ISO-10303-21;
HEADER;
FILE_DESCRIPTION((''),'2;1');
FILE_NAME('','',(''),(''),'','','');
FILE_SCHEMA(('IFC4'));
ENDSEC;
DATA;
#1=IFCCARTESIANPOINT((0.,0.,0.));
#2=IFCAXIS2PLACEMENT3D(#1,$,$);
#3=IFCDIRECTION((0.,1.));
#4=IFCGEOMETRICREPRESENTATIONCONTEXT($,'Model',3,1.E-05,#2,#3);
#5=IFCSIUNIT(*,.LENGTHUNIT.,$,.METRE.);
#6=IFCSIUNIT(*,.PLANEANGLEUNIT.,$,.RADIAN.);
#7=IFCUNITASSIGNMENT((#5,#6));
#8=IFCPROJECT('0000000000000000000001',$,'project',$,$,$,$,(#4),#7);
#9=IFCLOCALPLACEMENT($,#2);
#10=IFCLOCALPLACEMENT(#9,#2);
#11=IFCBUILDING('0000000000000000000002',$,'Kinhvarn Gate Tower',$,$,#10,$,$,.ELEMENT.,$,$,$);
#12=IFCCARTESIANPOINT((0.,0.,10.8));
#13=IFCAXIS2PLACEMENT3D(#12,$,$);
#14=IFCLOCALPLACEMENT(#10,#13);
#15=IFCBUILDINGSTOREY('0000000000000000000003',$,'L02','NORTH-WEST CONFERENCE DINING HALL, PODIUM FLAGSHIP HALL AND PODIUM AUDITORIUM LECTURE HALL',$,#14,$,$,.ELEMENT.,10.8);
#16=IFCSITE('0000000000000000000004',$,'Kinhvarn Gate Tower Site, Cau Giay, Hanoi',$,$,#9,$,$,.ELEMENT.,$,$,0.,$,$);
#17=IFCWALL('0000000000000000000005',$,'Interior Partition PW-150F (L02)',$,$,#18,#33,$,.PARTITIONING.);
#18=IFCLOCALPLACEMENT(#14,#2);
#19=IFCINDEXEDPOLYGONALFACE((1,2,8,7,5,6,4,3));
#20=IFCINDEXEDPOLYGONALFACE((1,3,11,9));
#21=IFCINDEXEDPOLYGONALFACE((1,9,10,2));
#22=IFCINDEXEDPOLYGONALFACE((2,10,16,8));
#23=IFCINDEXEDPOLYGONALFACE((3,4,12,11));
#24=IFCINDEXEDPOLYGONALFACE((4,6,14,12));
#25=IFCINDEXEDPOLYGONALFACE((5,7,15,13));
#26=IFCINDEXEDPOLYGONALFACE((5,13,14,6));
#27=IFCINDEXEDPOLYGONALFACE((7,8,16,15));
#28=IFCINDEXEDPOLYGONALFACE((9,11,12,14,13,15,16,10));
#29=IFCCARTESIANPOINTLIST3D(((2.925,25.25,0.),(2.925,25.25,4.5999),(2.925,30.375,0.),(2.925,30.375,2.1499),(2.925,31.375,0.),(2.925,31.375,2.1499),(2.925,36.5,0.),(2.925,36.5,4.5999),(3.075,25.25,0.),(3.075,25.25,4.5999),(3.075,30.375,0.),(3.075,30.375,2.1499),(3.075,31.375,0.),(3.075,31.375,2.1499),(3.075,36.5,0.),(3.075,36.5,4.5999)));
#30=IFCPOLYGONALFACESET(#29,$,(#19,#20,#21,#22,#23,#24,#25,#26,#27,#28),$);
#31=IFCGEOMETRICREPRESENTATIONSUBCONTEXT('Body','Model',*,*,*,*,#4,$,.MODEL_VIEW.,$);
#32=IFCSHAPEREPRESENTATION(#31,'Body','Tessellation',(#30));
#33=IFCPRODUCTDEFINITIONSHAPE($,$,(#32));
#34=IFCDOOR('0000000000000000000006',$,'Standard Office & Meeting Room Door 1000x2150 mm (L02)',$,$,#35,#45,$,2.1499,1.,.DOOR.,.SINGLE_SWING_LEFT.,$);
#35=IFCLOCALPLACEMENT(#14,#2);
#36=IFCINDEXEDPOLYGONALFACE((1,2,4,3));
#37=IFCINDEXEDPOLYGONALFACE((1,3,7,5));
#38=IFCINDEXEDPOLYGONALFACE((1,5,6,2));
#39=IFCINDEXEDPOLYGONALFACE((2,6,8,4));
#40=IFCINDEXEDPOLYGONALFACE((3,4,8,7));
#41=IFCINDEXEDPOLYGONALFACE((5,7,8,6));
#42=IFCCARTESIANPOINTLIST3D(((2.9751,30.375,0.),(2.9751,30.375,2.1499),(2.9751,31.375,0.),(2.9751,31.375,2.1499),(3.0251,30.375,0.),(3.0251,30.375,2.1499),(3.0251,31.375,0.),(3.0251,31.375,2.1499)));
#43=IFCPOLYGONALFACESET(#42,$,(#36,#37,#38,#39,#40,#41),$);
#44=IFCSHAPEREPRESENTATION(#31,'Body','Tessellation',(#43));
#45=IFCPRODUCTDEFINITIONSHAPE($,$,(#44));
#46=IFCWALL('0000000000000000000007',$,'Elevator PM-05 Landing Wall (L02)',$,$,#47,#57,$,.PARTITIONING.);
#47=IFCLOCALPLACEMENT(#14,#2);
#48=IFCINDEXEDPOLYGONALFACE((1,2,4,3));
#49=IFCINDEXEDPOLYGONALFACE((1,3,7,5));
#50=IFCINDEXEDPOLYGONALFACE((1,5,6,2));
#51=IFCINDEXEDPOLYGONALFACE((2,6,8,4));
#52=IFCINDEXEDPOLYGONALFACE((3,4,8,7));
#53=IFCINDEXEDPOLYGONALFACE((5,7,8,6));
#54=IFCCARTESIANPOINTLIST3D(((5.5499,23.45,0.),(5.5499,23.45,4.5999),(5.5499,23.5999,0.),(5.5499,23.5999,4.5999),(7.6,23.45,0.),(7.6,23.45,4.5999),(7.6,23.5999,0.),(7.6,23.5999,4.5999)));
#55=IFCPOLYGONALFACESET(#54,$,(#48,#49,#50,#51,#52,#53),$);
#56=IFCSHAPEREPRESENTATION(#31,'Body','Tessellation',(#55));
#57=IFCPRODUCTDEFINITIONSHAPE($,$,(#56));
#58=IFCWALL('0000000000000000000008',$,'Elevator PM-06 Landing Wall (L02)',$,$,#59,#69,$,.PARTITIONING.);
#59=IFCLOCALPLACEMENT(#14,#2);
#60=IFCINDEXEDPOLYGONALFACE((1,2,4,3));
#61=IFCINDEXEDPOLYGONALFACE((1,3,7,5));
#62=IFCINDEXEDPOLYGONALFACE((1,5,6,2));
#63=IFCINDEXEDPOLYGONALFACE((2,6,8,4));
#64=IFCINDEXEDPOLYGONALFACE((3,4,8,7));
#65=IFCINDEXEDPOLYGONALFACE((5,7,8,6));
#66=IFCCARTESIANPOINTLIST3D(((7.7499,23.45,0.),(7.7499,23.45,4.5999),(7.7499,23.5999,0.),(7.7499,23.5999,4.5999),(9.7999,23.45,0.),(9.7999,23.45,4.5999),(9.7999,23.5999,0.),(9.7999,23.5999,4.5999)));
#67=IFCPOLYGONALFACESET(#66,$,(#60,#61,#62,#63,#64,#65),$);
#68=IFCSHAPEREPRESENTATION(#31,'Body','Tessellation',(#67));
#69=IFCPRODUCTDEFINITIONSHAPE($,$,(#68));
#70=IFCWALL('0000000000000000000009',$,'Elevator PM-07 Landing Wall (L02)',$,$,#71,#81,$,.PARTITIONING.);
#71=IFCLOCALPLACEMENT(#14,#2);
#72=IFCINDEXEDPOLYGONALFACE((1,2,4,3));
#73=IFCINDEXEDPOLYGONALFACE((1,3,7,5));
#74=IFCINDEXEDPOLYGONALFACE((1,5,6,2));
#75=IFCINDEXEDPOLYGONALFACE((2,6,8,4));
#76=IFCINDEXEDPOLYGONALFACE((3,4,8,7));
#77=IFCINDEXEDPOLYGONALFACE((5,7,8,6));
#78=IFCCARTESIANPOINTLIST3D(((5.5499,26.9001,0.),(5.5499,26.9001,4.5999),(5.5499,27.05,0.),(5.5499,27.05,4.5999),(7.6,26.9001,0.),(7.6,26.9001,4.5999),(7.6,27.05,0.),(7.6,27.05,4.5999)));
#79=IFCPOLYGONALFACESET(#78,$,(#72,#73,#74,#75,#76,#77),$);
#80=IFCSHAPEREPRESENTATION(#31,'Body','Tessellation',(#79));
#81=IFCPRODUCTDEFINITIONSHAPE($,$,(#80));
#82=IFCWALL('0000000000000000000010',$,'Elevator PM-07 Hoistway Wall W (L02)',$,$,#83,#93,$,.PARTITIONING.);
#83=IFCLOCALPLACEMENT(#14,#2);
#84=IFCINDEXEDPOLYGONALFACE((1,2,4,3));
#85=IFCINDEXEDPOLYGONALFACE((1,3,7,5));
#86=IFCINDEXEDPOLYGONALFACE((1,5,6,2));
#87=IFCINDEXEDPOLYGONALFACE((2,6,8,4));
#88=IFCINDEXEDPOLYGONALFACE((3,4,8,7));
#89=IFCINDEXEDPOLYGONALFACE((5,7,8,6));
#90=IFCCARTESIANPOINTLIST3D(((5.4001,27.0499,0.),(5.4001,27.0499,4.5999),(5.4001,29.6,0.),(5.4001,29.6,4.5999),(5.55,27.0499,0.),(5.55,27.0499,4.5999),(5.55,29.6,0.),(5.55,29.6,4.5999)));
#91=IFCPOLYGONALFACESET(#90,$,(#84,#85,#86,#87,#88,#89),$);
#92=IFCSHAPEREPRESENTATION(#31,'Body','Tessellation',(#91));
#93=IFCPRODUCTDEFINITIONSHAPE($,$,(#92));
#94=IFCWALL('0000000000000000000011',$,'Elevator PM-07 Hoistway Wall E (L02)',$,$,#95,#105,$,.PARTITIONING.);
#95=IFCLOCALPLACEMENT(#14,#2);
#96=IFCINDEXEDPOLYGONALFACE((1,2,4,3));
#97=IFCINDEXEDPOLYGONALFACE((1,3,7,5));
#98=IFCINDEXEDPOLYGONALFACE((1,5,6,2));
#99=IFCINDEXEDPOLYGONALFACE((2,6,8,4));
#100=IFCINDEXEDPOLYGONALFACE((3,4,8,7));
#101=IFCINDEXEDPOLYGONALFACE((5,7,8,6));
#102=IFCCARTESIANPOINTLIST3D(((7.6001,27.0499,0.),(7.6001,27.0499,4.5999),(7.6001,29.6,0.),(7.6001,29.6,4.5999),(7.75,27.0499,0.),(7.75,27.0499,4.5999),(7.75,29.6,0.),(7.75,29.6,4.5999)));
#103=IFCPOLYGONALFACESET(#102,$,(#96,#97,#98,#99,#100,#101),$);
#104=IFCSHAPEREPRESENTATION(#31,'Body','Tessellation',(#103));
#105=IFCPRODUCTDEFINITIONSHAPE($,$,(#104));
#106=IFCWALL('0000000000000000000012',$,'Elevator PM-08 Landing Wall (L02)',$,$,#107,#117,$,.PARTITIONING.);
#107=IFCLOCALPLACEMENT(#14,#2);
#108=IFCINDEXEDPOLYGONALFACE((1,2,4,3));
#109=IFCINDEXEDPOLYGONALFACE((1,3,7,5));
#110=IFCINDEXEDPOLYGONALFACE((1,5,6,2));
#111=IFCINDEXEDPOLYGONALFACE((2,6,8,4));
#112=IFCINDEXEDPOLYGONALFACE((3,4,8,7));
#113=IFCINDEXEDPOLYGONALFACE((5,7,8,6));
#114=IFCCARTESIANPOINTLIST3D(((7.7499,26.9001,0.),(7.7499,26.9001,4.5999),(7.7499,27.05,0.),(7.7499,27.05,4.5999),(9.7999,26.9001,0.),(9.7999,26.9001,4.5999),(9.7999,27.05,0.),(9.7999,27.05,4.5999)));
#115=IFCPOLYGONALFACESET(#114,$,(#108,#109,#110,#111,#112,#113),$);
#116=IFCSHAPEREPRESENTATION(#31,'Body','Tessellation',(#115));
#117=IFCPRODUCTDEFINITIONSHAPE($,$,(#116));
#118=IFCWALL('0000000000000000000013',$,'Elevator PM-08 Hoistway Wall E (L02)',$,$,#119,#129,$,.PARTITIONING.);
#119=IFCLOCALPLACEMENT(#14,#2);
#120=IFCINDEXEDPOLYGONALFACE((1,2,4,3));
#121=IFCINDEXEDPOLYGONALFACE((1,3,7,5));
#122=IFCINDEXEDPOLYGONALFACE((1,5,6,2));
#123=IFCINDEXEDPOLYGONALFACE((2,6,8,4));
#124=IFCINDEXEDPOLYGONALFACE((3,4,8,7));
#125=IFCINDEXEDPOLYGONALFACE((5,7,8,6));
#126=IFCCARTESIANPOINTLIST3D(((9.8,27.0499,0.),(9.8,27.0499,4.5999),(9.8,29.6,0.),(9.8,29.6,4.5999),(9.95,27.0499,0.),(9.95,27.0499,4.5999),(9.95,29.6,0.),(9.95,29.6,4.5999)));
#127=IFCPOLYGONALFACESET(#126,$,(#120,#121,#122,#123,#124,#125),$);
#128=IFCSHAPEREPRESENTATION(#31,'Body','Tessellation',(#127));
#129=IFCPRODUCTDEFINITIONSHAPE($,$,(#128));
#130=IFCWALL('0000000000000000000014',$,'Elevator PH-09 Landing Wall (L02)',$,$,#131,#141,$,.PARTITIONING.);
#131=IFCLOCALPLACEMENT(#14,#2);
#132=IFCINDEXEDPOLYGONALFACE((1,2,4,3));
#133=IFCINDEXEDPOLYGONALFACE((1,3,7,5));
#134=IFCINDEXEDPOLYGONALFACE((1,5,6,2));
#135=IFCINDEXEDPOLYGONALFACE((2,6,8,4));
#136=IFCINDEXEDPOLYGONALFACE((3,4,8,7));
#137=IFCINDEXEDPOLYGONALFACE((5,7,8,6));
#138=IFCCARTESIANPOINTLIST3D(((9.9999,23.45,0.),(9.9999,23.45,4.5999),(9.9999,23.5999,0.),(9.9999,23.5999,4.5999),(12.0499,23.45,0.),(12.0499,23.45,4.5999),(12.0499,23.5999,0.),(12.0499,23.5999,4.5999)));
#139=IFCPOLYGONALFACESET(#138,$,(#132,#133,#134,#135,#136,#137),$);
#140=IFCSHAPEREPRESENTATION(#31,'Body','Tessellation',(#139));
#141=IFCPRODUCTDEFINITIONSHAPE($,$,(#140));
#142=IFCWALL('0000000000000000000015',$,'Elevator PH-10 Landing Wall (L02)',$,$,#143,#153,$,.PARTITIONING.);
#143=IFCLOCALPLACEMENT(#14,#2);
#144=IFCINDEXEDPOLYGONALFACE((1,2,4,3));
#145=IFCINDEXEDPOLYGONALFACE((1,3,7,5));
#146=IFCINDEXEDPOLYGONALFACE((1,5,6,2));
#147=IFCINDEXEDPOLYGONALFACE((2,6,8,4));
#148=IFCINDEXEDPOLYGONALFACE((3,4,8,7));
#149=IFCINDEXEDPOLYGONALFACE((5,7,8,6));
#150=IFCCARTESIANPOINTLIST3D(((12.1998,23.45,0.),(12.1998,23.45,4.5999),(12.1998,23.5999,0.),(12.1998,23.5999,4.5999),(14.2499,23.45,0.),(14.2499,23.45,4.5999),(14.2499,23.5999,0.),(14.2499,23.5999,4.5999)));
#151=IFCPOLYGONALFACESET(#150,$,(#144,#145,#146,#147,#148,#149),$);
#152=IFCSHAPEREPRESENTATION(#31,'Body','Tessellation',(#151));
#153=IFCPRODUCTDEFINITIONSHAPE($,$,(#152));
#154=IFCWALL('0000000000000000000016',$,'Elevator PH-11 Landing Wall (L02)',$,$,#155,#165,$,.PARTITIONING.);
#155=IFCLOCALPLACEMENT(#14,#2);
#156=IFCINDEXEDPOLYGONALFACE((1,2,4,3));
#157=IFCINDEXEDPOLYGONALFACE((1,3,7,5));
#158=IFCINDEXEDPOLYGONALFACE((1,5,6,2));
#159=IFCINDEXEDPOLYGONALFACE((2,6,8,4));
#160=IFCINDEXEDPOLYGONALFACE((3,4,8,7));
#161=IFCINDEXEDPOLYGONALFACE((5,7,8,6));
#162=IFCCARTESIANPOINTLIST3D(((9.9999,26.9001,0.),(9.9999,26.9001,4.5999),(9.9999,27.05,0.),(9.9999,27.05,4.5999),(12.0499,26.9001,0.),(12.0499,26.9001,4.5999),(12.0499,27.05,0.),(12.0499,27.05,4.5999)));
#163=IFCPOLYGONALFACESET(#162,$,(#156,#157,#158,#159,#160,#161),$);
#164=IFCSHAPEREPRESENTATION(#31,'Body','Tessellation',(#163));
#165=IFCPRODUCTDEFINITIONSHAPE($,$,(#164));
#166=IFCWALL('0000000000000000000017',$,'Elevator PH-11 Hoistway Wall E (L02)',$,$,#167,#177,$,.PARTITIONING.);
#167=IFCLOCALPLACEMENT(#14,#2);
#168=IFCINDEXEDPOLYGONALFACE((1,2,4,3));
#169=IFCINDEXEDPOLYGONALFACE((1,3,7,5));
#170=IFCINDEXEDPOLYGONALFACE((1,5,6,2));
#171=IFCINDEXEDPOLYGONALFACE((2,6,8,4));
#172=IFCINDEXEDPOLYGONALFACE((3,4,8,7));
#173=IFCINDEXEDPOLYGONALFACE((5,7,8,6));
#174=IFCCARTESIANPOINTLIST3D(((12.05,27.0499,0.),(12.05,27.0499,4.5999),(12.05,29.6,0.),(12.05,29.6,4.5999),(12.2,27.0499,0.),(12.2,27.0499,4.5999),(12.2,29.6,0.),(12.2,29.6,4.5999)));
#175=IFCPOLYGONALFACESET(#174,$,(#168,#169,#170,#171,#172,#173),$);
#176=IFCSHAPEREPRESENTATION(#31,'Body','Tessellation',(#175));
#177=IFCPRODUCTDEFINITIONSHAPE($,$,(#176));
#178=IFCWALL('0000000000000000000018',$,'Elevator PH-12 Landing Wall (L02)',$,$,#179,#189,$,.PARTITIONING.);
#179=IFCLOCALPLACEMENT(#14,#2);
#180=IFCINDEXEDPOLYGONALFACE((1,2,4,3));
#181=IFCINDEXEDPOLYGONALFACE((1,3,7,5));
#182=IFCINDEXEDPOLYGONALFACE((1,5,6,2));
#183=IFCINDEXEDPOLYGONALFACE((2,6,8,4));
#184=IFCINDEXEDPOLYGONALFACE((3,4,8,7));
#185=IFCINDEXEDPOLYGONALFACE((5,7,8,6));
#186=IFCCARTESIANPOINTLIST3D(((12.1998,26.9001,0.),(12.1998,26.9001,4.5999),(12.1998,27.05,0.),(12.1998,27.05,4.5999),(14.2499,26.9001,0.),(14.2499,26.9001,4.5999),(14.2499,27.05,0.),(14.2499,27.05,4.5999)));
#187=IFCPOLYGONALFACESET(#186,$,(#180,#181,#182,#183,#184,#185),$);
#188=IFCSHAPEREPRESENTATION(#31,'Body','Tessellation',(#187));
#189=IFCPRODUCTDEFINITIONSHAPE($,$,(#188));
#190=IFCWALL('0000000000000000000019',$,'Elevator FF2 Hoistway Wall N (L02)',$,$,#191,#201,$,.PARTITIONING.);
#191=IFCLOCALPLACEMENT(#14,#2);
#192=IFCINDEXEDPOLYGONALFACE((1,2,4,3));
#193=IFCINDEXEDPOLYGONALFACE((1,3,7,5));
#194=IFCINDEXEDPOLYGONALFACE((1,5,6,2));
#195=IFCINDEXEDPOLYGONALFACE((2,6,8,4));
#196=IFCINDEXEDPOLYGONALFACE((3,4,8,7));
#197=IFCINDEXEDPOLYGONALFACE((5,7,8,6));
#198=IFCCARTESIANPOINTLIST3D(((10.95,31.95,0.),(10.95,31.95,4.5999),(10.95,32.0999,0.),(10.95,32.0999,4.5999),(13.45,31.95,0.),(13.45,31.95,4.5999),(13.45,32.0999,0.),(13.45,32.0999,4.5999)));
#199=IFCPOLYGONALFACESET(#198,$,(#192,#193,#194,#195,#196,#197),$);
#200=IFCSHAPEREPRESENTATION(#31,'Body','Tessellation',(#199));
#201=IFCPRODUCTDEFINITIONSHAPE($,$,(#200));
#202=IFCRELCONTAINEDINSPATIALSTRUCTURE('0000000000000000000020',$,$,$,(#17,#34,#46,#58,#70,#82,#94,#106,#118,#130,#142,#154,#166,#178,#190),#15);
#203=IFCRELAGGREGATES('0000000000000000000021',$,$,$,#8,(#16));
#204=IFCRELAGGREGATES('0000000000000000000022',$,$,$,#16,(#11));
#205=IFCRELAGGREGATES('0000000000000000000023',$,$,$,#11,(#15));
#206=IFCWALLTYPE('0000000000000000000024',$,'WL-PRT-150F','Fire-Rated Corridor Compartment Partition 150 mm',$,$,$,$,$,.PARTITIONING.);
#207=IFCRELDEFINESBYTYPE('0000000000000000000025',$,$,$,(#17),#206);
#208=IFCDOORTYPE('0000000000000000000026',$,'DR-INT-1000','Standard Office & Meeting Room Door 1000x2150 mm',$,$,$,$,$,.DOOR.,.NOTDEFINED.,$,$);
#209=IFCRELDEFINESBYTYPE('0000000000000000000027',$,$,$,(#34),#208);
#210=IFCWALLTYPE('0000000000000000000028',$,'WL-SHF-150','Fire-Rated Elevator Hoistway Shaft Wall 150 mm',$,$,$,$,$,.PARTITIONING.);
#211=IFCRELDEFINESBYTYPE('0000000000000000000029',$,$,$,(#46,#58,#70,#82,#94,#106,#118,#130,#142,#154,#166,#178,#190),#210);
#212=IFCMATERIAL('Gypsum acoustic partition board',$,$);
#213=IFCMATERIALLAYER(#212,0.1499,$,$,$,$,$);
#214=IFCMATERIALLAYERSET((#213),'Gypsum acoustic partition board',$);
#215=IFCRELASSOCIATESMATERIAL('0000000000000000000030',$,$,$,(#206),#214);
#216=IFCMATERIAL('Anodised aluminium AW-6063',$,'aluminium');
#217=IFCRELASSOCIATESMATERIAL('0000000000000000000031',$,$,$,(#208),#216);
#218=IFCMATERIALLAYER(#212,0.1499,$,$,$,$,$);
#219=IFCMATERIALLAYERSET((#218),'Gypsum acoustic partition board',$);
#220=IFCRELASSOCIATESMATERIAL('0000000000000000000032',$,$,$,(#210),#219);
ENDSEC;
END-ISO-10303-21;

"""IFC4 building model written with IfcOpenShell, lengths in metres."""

from ifc_helpers import new_model, si_unit, direction, frame, frame_2d, origin, place, context, subcontext, project, spatial, rectangle, extrude, material, layer, layer_set, type_object, element, fill, save


model = new_model("IFC4")

# Units and contexts
model_context = context("Model", 3, precision=1e-05, world=origin(), true_north=direction((0.0, 1.0)))
body_context = subcontext(model_context, "Body", "Model", "MODEL_VIEW")
ifc_project = project(units=[si_unit("LENGTHUNIT", "METRE"), si_unit("PLANEANGLEUNIT", "RADIAN")], contexts=[model_context])

# Site, building, storey
site_placement = place(None, origin())
site = spatial("IfcSite", under=ifc_project, at=site_placement, Name="Kinhvarn Gate Tower Site, Cau Giay, Hanoi", CompositionType="ELEMENT", RefElevation=0.0)
building_placement = place(site_placement, origin())
building = spatial("IfcBuilding", under=site, at=building_placement, Name="Kinhvarn Gate Tower", CompositionType="ELEMENT")
storey_placement = place(building_placement, frame((0.0, 0.0, 10.8)))
storey = spatial("IfcBuildingStorey", under=building, at=storey_placement, Name="L02", Description="NORTH-WEST CONFERENCE DINING HALL, PODIUM FLAGSHIP HALL AND PODIUM AUDITORIUM LECTURE HALL", CompositionType="ELEMENT", Elevation=10.8)

# Shared definitions
ifc_material_1 = material(Name="Gypsum acoustic partition board")

# Wall, opening, door
ifc_layer_1 = layer(ifc_material_1, 0.1499)
ifc_layer_set_1 = layer_set([ifc_layer_1], Name="Gypsum acoustic partition board")
wall_type_1 = type_object("IfcWallType", Name="WL-PRT-150F", Description="Fire-Rated Corridor Compartment Partition 150 mm", PredefinedType="PARTITIONING", material=ifc_layer_set_1)
wall_1_placement = place(storey_placement, frame((3.0, 25.25, 0.0), z_axis=(0.0, 0.0, 1.0), x_axis=(0.0, 1.0, 0.0)))
wall_1 = element("IfcWall", 1, at=wall_1_placement, inside=storey, type_object=wall_type_1, Name="Interior Partition PW-150F (L02)", PredefinedType="PARTITIONING", context=body_context, shape_type="SweptSolid", body=[
    extrude(rectangle(XDim=11.25, YDim=0.1499, at=frame_2d((5.625, 0.0))), origin(), (0.0, 0.0, 1.0), 4.5999),
])
opening_placement = place(wall_1_placement, frame((5.125, 0.0, 0.0)))
opening = element("IfcOpeningElement", 2, at=opening_placement, cuts=wall_1, PredefinedType="OPENING", context=body_context, shape_type="SweptSolid", body=[
    extrude(rectangle(XDim=1.0, YDim=2.1499, at=frame_2d((0.5, 1.075))), frame((0.0, 0.085, 0.0), z_axis=(0.0, -1.0, 0.0), x_axis=(1.0, 0.0, 0.0)), (0.0, 0.0, 1.0), 0.1699),
])
ifc_material_2 = material(Name="Anodised aluminium AW-6063", Category="aluminium")
door_type = type_object("IfcDoorType", Name="DR-INT-1000", Description="Standard Office & Meeting Room Door 1000x2150 mm", OperationType="NOTDEFINED", PredefinedType="DOOR", material=ifc_material_2)
door_placement = place(opening_placement, origin())
door = element("IfcDoor", 3, at=door_placement, inside=storey, type_object=door_type, Name="Standard Office & Meeting Room Door 1000x2150 mm (L02)", OperationType="SINGLE_SWING_LEFT", OverallHeight=2.1499, OverallWidth=1.0, PredefinedType="DOOR", context=body_context, shape_type="SweptSolid", body=[
    extrude(rectangle(XDim=1.0, YDim=2.1499, at=frame_2d((0.5, 1.075))), frame((0.0, 0.0249, 0.0), z_axis=(0.0, -1.0, 0.0), x_axis=(1.0, 0.0, 0.0)), (0.0, 0.0, 1.0), 0.05),
])
fill(opening, door)

# Walls
ifc_layer_2 = layer(ifc_material_1, 0.1499)
ifc_layer_set_2 = layer_set([ifc_layer_2], Name="Gypsum acoustic partition board")
wall_type_2 = type_object("IfcWallType", Name="WL-SHF-150", Description="Fire-Rated Elevator Hoistway Shaft Wall 150 mm", PredefinedType="PARTITIONING", material=ifc_layer_set_2)
for number, where, z_axis, x_axis, name in (
    (4, (5.55, 23.5249, 0.0), (0.0, 0.0, 1.0), (1.0, 0.0, 0.0), "Elevator PM-05 Landing Wall (L02)"),
    (5, (7.75, 23.5249, 0.0), (0.0, 0.0, 1.0), (1.0, 0.0, 0.0), "Elevator PM-06 Landing Wall (L02)"),
    (6, (5.55, 26.9751, 0.0), (0.0, 0.0, 1.0), (1.0, 0.0, 0.0), "Elevator PM-07 Landing Wall (L02)"),
):
    element("IfcWall", number, at=place(storey_placement, frame(where, z_axis=z_axis, x_axis=x_axis)), inside=storey, type_object=wall_type_2, Name=name, PredefinedType="PARTITIONING", context=body_context, shape_type="SweptSolid", body=[
        extrude(rectangle(XDim=2.05, YDim=0.1499, at=frame_2d((1.0249, 0.0))), origin(), (0.0, 0.0, 1.0), 4.5999),
    ])
for number, where, z_axis, x_axis, name in (
    (7, (5.4751, 27.05, 0.0), (0.0, 0.0, 1.0), (0.0, 1.0, 0.0), "Elevator PM-07 Hoistway Wall W (L02)"),
    (8, (7.675, 27.05, 0.0), (0.0, 0.0, 1.0), (0.0, 1.0, 0.0), "Elevator PM-07 Hoistway Wall E (L02)"),
):
    element("IfcWall", number, at=place(storey_placement, frame(where, z_axis=z_axis, x_axis=x_axis)), inside=storey, type_object=wall_type_2, Name=name, PredefinedType="PARTITIONING", context=body_context, shape_type="SweptSolid", body=[
        extrude(rectangle(XDim=2.55, YDim=0.1499, at=frame_2d((1.2749, 0.0))), origin(), (0.0, 0.0, 1.0), 4.5999),
    ])
wall_2_placement = place(storey_placement, frame((7.75, 26.9751, 0.0), z_axis=(0.0, 0.0, 1.0), x_axis=(1.0, 0.0, 0.0)))
element("IfcWall", 9, at=wall_2_placement, inside=storey, type_object=wall_type_2, Name="Elevator PM-08 Landing Wall (L02)", PredefinedType="PARTITIONING", context=body_context, shape_type="SweptSolid", body=[
    extrude(rectangle(XDim=2.05, YDim=0.1499, at=frame_2d((1.0249, 0.0))), origin(), (0.0, 0.0, 1.0), 4.5999),
])
wall_3_placement = place(storey_placement, frame((9.875, 27.05, 0.0), z_axis=(0.0, 0.0, 1.0), x_axis=(0.0, 1.0, 0.0)))
element("IfcWall", 10, at=wall_3_placement, inside=storey, type_object=wall_type_2, Name="Elevator PM-08 Hoistway Wall E (L02)", PredefinedType="PARTITIONING", context=body_context, shape_type="SweptSolid", body=[
    extrude(rectangle(XDim=2.55, YDim=0.1499, at=frame_2d((1.2749, 0.0))), origin(), (0.0, 0.0, 1.0), 4.5999),
])
for number, where, z_axis, x_axis, name in (
    (11, (10.0, 23.5249, 0.0), (0.0, 0.0, 1.0), (1.0, 0.0, 0.0), "Elevator PH-09 Landing Wall (L02)"),
    (12, (12.2, 23.5249, 0.0), (0.0, 0.0, 1.0), (1.0, 0.0, 0.0), "Elevator PH-10 Landing Wall (L02)"),
    (13, (10.0, 26.9751, 0.0), (0.0, 0.0, 1.0), (1.0, 0.0, 0.0), "Elevator PH-11 Landing Wall (L02)"),
):
    element("IfcWall", number, at=place(storey_placement, frame(where, z_axis=z_axis, x_axis=x_axis)), inside=storey, type_object=wall_type_2, Name=name, PredefinedType="PARTITIONING", context=body_context, shape_type="SweptSolid", body=[
        extrude(rectangle(XDim=2.05, YDim=0.1499, at=frame_2d((1.0249, 0.0))), origin(), (0.0, 0.0, 1.0), 4.5999),
    ])
wall_4_placement = place(storey_placement, frame((12.125, 27.05, 0.0), z_axis=(0.0, 0.0, 1.0), x_axis=(0.0, 1.0, 0.0)))
element("IfcWall", 14, at=wall_4_placement, inside=storey, type_object=wall_type_2, Name="Elevator PH-11 Hoistway Wall E (L02)", PredefinedType="PARTITIONING", context=body_context, shape_type="SweptSolid", body=[
    extrude(rectangle(XDim=2.55, YDim=0.1499, at=frame_2d((1.2749, 0.0))), origin(), (0.0, 0.0, 1.0), 4.5999),
])
wall_5_placement = place(storey_placement, frame((12.2, 26.9751, 0.0), z_axis=(0.0, 0.0, 1.0), x_axis=(1.0, 0.0, 0.0)))
element("IfcWall", 15, at=wall_5_placement, inside=storey, type_object=wall_type_2, Name="Elevator PH-12 Landing Wall (L02)", PredefinedType="PARTITIONING", context=body_context, shape_type="SweptSolid", body=[
    extrude(rectangle(XDim=2.05, YDim=0.1499, at=frame_2d((1.0249, 0.0))), origin(), (0.0, 0.0, 1.0), 4.5999),
])
wall_6_placement = place(storey_placement, frame((10.95, 32.0249, 0.0), z_axis=(0.0, 0.0, 1.0), x_axis=(1.0, 0.0, 0.0)))
element("IfcWall", 16, at=wall_6_placement, inside=storey, type_object=wall_type_2, Name="Elevator FF2 Hoistway Wall N (L02)", PredefinedType="PARTITIONING", context=body_context, shape_type="SweptSolid", body=[
    extrude(rectangle(XDim=2.5, YDim=0.1499, at=frame_2d((1.25, 0.0))), origin(), (0.0, 0.0, 1.0), 4.5999),
])

save(model, "model.ifc")
